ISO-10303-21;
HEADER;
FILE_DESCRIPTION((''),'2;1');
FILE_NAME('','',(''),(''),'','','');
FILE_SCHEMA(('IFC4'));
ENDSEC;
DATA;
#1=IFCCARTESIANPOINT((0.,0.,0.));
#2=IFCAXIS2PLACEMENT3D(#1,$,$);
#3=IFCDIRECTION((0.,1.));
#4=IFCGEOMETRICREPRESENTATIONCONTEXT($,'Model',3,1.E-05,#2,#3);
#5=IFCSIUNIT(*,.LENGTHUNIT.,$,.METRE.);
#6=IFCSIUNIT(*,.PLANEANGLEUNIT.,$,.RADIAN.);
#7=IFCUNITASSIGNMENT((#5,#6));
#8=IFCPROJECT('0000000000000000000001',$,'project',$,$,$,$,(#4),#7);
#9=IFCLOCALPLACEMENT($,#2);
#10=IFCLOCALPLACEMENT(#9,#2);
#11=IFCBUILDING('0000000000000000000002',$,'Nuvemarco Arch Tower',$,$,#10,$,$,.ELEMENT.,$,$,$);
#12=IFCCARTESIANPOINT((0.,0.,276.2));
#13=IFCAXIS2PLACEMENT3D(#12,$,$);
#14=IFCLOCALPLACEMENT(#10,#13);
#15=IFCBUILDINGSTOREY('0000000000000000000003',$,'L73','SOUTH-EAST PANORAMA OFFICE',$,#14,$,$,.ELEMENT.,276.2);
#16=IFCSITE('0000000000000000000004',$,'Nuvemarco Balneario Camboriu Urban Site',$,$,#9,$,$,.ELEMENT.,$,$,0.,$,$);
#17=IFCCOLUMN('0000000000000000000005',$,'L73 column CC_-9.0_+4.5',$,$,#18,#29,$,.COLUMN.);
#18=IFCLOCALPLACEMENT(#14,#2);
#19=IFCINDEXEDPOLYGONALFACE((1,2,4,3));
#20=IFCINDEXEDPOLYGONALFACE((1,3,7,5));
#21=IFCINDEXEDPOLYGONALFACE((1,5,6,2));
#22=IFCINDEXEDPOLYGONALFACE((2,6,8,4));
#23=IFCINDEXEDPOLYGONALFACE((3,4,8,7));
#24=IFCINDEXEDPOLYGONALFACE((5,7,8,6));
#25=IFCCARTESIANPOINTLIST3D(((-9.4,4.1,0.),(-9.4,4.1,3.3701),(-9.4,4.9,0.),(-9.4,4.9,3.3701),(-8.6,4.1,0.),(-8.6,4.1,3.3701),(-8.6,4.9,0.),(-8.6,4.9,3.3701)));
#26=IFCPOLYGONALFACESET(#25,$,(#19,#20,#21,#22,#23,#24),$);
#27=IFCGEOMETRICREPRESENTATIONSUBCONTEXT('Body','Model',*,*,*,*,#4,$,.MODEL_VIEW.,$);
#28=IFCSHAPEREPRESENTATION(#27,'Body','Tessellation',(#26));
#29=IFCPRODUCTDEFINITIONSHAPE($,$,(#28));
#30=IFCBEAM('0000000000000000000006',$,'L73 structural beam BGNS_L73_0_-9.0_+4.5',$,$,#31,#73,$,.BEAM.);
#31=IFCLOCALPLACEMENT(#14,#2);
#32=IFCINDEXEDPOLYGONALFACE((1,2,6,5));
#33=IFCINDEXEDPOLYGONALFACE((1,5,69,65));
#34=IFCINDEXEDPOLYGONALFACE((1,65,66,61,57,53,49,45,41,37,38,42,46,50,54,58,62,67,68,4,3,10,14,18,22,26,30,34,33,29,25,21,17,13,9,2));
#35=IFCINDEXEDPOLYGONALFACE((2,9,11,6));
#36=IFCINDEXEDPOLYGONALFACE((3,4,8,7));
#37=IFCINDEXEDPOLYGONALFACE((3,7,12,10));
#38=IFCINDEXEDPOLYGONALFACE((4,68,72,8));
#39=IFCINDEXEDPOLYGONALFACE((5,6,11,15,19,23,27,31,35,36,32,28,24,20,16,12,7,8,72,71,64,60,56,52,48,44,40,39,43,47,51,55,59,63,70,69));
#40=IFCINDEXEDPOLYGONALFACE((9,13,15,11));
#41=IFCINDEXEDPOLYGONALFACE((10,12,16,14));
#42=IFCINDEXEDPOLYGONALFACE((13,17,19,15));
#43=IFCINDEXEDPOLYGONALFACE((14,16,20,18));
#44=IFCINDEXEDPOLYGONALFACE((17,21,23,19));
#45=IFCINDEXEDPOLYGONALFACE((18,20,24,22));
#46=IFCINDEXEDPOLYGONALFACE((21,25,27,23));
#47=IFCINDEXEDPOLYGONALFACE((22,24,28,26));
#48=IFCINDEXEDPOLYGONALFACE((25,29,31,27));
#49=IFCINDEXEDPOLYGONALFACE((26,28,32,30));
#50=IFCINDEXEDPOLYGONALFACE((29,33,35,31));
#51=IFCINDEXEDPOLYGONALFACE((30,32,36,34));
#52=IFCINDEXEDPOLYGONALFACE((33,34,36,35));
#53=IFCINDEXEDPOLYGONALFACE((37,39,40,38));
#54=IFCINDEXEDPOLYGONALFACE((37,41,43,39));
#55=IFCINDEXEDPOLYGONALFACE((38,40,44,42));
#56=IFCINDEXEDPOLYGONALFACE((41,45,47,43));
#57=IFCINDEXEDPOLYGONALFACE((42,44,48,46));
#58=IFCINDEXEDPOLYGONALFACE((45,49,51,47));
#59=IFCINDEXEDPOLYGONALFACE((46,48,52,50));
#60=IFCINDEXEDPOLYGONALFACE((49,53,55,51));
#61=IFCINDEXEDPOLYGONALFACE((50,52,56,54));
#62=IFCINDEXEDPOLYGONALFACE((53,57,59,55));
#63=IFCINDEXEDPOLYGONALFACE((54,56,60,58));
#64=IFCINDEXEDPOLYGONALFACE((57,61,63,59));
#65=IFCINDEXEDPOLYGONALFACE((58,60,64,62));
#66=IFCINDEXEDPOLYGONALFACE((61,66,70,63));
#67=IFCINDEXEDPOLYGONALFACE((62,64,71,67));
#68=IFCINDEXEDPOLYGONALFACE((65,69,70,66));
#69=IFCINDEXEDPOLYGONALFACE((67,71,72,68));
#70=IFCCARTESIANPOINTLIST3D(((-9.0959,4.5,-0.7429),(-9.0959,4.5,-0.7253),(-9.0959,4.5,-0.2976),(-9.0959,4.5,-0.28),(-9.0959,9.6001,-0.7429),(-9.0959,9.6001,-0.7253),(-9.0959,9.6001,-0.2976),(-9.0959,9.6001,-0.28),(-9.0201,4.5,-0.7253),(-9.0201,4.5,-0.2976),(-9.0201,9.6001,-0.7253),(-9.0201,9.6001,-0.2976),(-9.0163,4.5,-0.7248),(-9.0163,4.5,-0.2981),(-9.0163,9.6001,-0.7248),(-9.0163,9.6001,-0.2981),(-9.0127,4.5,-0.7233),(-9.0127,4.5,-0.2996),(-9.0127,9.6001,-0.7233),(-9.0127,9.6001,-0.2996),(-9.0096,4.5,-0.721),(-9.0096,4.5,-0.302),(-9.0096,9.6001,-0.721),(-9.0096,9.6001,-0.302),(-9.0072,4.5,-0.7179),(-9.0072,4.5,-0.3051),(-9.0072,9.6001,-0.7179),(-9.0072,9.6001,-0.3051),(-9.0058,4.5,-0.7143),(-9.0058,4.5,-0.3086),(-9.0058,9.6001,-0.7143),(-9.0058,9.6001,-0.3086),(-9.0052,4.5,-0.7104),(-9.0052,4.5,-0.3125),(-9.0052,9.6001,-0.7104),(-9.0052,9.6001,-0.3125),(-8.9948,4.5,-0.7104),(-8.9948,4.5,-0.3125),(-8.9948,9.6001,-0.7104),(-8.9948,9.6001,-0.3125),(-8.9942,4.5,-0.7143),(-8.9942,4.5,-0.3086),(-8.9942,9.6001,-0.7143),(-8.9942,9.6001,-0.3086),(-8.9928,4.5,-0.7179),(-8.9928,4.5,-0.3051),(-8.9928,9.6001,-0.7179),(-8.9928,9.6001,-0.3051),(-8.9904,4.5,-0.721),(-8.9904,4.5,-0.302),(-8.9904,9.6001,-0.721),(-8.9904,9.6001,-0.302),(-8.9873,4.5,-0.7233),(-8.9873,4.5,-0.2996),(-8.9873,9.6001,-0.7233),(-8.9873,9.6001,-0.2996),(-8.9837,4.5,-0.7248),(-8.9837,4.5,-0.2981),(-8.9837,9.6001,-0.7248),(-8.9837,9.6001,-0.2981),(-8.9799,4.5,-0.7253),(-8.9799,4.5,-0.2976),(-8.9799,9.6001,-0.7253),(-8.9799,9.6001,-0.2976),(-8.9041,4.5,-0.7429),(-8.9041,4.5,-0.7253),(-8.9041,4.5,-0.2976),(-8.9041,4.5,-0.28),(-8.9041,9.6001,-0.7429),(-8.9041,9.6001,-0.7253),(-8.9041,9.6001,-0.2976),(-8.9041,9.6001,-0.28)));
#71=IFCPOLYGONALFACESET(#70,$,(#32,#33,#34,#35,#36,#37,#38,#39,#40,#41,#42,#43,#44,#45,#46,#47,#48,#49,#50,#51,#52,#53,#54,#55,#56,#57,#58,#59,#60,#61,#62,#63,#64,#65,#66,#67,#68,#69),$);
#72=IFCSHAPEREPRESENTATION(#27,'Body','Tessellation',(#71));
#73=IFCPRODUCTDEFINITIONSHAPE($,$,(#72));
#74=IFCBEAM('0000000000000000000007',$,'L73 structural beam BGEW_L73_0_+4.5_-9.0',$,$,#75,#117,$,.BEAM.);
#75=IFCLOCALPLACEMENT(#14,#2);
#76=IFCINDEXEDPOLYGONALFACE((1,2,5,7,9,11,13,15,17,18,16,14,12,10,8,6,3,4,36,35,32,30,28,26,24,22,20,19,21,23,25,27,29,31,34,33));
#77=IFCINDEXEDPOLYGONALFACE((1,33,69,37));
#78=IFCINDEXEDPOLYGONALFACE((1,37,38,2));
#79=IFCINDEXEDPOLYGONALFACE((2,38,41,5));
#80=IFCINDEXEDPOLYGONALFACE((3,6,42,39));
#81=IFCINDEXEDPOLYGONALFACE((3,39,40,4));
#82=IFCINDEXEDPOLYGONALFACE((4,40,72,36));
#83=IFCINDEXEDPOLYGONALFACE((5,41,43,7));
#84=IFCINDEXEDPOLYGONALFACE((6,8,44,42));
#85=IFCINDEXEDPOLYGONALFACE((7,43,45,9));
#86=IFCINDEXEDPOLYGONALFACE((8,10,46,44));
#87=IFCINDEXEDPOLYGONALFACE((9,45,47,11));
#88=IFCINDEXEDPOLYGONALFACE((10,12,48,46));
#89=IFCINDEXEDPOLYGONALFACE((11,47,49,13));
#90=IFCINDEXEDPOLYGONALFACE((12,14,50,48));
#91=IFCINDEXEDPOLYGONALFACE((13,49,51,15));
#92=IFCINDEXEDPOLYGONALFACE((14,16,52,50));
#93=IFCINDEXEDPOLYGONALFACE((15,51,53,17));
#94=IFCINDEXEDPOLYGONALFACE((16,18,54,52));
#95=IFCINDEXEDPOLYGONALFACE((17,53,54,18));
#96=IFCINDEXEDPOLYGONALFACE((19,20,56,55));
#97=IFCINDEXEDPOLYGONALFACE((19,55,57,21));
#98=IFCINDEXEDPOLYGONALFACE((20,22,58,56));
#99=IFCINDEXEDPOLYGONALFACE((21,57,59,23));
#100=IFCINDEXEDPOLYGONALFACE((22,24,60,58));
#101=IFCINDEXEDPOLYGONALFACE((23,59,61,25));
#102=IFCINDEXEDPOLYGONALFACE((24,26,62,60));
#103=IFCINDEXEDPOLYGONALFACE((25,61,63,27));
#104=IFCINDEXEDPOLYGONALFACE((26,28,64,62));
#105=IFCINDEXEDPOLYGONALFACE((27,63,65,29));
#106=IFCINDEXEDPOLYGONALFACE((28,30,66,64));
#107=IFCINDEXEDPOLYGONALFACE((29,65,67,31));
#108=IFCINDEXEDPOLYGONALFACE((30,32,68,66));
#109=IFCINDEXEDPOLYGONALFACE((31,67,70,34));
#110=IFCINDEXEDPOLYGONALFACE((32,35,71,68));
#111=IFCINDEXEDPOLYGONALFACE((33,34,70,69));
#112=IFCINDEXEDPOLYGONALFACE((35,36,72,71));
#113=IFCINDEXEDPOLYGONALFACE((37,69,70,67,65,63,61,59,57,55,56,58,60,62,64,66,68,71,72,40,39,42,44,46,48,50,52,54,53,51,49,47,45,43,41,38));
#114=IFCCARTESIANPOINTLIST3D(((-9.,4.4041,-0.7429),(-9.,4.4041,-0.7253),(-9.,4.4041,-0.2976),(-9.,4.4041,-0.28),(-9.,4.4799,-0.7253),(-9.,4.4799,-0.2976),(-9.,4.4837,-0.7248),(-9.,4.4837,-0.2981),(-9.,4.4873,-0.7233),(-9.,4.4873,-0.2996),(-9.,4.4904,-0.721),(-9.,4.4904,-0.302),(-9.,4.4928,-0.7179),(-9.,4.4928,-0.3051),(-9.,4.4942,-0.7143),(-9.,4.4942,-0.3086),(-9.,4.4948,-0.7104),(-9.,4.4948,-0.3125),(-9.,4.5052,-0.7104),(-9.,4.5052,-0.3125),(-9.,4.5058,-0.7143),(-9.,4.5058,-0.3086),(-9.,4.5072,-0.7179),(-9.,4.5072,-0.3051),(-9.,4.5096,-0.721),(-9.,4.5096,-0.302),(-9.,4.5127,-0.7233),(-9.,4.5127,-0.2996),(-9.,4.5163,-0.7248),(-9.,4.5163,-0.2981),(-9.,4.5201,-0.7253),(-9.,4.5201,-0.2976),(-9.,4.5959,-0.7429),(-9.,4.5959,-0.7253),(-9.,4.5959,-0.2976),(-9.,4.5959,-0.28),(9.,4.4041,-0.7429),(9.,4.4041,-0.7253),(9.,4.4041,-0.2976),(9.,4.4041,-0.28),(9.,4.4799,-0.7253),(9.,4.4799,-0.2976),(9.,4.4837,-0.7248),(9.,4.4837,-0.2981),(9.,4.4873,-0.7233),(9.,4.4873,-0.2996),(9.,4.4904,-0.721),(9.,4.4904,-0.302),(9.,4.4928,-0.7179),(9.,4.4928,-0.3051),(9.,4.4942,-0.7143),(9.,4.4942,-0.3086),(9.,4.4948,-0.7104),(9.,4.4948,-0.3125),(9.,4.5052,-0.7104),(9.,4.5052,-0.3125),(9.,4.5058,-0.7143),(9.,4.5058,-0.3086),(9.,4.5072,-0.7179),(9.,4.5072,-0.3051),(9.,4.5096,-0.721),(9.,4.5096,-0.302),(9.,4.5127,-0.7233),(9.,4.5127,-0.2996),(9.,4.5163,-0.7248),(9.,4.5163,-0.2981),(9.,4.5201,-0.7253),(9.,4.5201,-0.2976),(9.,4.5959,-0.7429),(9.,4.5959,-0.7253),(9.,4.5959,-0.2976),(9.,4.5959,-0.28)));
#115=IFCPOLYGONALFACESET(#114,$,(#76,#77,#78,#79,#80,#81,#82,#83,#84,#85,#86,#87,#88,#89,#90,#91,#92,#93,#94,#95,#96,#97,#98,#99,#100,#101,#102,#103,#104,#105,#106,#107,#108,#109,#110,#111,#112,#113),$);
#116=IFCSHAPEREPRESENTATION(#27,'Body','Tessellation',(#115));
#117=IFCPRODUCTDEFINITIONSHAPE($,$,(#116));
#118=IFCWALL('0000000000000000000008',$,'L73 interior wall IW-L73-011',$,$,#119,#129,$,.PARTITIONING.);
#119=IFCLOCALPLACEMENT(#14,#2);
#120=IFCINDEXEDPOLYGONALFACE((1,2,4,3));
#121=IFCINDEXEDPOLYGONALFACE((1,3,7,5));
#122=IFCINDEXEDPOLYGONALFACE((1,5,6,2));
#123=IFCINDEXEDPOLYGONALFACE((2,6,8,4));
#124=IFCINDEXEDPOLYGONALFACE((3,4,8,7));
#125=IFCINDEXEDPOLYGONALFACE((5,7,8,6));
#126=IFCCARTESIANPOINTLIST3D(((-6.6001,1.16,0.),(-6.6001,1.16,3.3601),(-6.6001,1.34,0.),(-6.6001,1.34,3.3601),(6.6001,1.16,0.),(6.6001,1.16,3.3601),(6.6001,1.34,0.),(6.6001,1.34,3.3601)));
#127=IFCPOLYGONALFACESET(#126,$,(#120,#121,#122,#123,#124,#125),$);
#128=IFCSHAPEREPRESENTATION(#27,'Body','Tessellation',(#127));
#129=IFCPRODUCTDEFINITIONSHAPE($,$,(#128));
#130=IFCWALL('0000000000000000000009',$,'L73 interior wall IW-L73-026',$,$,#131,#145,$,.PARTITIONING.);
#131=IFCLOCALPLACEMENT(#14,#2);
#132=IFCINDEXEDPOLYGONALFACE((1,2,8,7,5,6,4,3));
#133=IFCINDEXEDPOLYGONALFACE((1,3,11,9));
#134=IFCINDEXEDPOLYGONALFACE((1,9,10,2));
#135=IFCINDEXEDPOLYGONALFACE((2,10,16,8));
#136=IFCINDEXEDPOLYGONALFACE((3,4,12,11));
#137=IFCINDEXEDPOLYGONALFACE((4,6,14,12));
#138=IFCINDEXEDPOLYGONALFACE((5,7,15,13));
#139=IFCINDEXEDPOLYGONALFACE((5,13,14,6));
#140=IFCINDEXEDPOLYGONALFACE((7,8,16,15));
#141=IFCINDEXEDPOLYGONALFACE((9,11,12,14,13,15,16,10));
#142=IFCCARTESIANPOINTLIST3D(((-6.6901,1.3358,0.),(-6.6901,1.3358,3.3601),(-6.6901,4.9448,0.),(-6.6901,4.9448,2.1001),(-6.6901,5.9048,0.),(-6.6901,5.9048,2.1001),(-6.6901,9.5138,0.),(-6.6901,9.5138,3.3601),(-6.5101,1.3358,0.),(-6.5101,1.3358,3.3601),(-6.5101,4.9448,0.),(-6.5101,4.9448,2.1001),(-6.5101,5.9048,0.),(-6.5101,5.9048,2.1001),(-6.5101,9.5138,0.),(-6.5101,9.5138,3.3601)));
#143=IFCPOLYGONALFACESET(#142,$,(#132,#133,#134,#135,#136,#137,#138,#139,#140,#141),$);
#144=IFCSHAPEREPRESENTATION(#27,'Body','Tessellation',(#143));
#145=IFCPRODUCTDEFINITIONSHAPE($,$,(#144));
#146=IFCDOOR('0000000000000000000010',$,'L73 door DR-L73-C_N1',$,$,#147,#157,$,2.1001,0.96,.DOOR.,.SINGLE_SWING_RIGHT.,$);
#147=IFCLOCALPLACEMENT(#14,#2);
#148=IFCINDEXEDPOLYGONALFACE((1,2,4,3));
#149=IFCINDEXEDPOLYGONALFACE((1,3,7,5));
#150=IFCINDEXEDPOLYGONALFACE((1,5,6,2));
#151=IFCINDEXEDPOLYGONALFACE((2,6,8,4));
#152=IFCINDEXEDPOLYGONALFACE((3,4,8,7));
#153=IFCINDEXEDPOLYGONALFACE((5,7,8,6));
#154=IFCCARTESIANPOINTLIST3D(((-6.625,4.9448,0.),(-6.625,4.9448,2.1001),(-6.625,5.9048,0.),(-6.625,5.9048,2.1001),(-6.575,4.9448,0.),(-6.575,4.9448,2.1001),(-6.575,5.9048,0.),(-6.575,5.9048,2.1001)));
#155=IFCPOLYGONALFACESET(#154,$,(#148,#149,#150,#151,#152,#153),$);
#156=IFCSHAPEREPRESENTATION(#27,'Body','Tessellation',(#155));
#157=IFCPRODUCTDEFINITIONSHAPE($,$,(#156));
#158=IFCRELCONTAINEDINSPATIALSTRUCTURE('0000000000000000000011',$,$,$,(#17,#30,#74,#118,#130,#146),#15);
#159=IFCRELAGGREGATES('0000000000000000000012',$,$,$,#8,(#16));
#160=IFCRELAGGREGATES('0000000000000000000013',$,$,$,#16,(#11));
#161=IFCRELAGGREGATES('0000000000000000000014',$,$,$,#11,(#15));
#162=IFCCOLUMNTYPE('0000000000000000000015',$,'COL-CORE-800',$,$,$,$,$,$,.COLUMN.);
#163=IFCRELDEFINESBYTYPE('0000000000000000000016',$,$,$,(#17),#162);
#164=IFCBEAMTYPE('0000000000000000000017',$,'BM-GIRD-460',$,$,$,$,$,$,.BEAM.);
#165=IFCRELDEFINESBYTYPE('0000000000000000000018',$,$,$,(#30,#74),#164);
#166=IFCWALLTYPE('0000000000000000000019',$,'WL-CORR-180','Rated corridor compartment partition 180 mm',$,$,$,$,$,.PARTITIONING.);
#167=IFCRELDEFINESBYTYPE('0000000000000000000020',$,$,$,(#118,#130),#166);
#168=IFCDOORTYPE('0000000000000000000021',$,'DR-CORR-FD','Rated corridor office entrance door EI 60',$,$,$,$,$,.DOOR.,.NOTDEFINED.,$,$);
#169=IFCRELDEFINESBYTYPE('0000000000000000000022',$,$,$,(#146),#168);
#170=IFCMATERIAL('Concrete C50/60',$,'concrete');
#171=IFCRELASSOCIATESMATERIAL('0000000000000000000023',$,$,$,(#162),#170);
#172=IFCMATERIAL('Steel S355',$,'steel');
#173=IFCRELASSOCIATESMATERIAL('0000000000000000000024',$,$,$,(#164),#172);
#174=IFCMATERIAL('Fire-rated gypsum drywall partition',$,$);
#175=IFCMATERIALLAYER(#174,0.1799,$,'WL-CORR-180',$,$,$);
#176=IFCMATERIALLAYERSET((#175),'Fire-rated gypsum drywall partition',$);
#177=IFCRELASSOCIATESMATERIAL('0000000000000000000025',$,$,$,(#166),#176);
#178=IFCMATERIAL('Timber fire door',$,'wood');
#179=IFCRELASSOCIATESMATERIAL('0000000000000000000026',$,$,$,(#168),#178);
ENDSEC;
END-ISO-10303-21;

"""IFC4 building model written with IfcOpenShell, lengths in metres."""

from ifc_helpers import new_model, si_unit, direction, frame, frame_2d, origin, origin_2d, place, context, subcontext, project, spatial, rectangle, i_section, extrude, source, transform, mapped, material, layer, layer_set, material_profile, profile_set, type_object, type_shapes, element, fill, save


model = new_model("IFC4")

# Units and contexts
model_context = context("Model", 3, precision=1e-05, world=origin(), true_north=direction((0.0, 1.0)))
body_context = subcontext(model_context, "Body", "Model", "MODEL_VIEW")
ifc_project = project(units=[si_unit("LENGTHUNIT", "METRE"), si_unit("PLANEANGLEUNIT", "RADIAN")], contexts=[model_context])

# Site, building, storey
site_placement = place(None, origin())
site = spatial("IfcSite", under=ifc_project, at=site_placement, Name="Nuvemarco Balneario Camboriu Urban Site", CompositionType="ELEMENT", RefElevation=0.0)
building_placement = place(site_placement, origin())
building = spatial("IfcBuilding", under=site, at=building_placement, Name="Nuvemarco Arch Tower", CompositionType="ELEMENT")
storey_placement = place(building_placement, frame((0.0, 0.0, 276.2)))
storey = spatial("IfcBuildingStorey", under=building, at=storey_placement, Name="L73", Description="SOUTH-EAST PANORAMA OFFICE", CompositionType="ELEMENT", Elevation=276.2)

# Column
ifc_material_1 = material(Name="Concrete C50/60", Category="concrete")
ifc_material_profile_1 = material_profile(ifc_material_1, rectangle(XDim=0.8, YDim=0.8, at=origin_2d()), Name="RC-COL-800x800")
ifc_profile_set_1 = profile_set([ifc_material_profile_1], Name="Concrete C50/60")
column_type = type_object("IfcColumnType", Name="COL-CORE-800", PredefinedType="COLUMN", material=ifc_profile_set_1)
column_placement = place(storey_placement, frame((-9.0, 4.5, 0.0), z_axis=(0.0, 0.0, 1.0), x_axis=(1.0, 0.0, 0.0)))
element("IfcColumn", 1, at=column_placement, inside=storey, type_object=column_type, Name="L73 column CC_-9.0_+4.5", PredefinedType="COLUMN", context=body_context, shape_type="SweptSolid", body=[
    extrude(rectangle(XDim=0.8, YDim=0.8, at=origin_2d()), origin(), (0.0, 0.0, 1.0), 3.3701),
])

# Beams
ifc_material_2 = material(Name="Steel S355", Category="steel")
ifc_material_profile_2 = material_profile(ifc_material_2, i_section(OverallWidth=0.1919, OverallDepth=0.4629, WebThickness=0.0105, FlangeThickness=0.0176, FilletRadius=0.0149, at=origin_2d()), Name="W460x89")
ifc_profile_set_2 = profile_set([ifc_material_profile_2], Name="Steel S355")
beam_type = type_object("IfcBeamType", Name="BM-GIRD-460", PredefinedType="BEAM", material=ifc_profile_set_2)
beam_1_placement = place(storey_placement, frame((-9.0, 4.5, -0.5115), z_axis=(0.0, 1.0, 0.0), x_axis=(-1.0, 0.0, 0.0)))
element("IfcBeam", 2, at=beam_1_placement, inside=storey, type_object=beam_type, Name="L73 structural beam BGNS_L73_0_-9.0_+4.5", PredefinedType="BEAM", context=body_context, shape_type="SweptSolid", body=[
    extrude(i_section(OverallWidth=0.1919, OverallDepth=0.4629, WebThickness=0.0105, FlangeThickness=0.0176, FilletRadius=0.0149, at=origin_2d()), origin(), (0.0, 0.0, 1.0), 5.1001),
])
beam_2_placement = place(storey_placement, frame((-9.0, 4.5, -0.5115), z_axis=(1.0, 0.0, 0.0), x_axis=(0.0, 1.0, 0.0)))
element("IfcBeam", 3, at=beam_2_placement, inside=storey, type_object=beam_type, Name="L73 structural beam BGEW_L73_0_+4.5_-9.0", PredefinedType="BEAM", context=body_context, shape_type="SweptSolid", body=[
    extrude(i_section(OverallWidth=0.1919, OverallDepth=0.4629, WebThickness=0.0105, FlangeThickness=0.0176, FilletRadius=0.0149, at=origin_2d()), origin(), (0.0, 0.0, 1.0), 18.0),
])

# Wall
ifc_material_3 = material(Name="Fire-rated gypsum drywall partition")
ifc_layer_1 = layer(ifc_material_3, 0.1799, Name="WL-CORR-180")
ifc_layer_set_1 = layer_set([ifc_layer_1], Name="Fire-rated gypsum drywall partition")
wall_type_1 = type_object("IfcWallType", Name="WL-CORR-180", Description="Rated corridor compartment partition 180 mm", PredefinedType="PARTITIONING", material=ifc_layer_set_1)
wall_1_placement = place(storey_placement, frame((-6.6001, 1.25, 0.0), z_axis=(0.0, 0.0, 1.0), x_axis=(1.0, 0.0, 0.0)))
element("IfcWall", 4, at=wall_1_placement, inside=storey, type_object=wall_type_1, Name="L73 interior wall IW-L73-011", PredefinedType="PARTITIONING", context=body_context, shape_type="SweptSolid", body=[
    extrude(rectangle(XDim=13.2002, YDim=0.1799, at=frame_2d((6.6001, 0.0))), origin(), (0.0, 0.0, 1.0), 3.3601),
])

# Wall, opening, door
wall_2_placement = place(storey_placement, frame((-6.6001, 1.3359, 0.0), z_axis=(0.0, 0.0, 1.0), x_axis=(0.0, 1.0, 0.0)))
wall_2 = element("IfcWall", 5, at=wall_2_placement, inside=storey, type_object=wall_type_1, Name="L73 interior wall IW-L73-026", PredefinedType="PARTITIONING", context=body_context, shape_type="SweptSolid", body=[
    extrude(rectangle(XDim=8.178, YDim=0.1799, at=frame_2d((4.0889, 0.0))), origin(), (0.0, 0.0, 1.0), 3.3601),
])
opening_1_placement = place(wall_2_placement, frame((3.6089, 0.0, 0.0)))
opening_1 = element("IfcOpeningElement", 6, at=opening_1_placement, cuts=wall_2, PredefinedType="OPENING", context=body_context, shape_type="SweptSolid", body=[
    extrude(rectangle(XDim=0.96, YDim=2.1001, at=frame_2d((0.48, 1.05))), frame((0.0, 0.0999, 0.0), z_axis=(0.0, -1.0, 0.0), x_axis=(1.0, 0.0, 0.0)), (0.0, 0.0, 1.0), 0.2),
])
ifc_material_4 = material(Name="Timber fire door", Category="wood")
door_type_1 = type_object("IfcDoorType", Name="DR-CORR-FD", Description="Rated corridor office entrance door EI 60", OperationType="NOTDEFINED", PredefinedType="DOOR", material=ifc_material_4)
shared_shape_1 = source(origin(), body_context, "Body", "SweptSolid", [
    extrude(rectangle(XDim=0.96, YDim=2.1001, at=frame_2d((0.48, 1.05))), frame((0.0, 0.0249, 0.0), z_axis=(0.0, -1.0, 0.0), x_axis=(1.0, 0.0, 0.0)), (0.0, 0.0, 1.0), 0.05),
])
type_shapes(door_type_1, [shared_shape_1])
door_1_placement = place(opening_1_placement, origin())
door_1 = element("IfcDoor", 7, at=door_1_placement, inside=storey, type_object=door_type_1, Name="L73 door DR-L73-C_N1", OperationType="SINGLE_SWING_RIGHT", OverallHeight=2.1001, OverallWidth=0.96, PredefinedType="DOOR", context=body_context, shape_type="MappedRepresentation", body=[
    mapped(shared_shape_1, transform((0.0, 0.0, 0.0), scale=1.0)),
])
fill(opening_1, door_1)

save(model, "model.ifc")
